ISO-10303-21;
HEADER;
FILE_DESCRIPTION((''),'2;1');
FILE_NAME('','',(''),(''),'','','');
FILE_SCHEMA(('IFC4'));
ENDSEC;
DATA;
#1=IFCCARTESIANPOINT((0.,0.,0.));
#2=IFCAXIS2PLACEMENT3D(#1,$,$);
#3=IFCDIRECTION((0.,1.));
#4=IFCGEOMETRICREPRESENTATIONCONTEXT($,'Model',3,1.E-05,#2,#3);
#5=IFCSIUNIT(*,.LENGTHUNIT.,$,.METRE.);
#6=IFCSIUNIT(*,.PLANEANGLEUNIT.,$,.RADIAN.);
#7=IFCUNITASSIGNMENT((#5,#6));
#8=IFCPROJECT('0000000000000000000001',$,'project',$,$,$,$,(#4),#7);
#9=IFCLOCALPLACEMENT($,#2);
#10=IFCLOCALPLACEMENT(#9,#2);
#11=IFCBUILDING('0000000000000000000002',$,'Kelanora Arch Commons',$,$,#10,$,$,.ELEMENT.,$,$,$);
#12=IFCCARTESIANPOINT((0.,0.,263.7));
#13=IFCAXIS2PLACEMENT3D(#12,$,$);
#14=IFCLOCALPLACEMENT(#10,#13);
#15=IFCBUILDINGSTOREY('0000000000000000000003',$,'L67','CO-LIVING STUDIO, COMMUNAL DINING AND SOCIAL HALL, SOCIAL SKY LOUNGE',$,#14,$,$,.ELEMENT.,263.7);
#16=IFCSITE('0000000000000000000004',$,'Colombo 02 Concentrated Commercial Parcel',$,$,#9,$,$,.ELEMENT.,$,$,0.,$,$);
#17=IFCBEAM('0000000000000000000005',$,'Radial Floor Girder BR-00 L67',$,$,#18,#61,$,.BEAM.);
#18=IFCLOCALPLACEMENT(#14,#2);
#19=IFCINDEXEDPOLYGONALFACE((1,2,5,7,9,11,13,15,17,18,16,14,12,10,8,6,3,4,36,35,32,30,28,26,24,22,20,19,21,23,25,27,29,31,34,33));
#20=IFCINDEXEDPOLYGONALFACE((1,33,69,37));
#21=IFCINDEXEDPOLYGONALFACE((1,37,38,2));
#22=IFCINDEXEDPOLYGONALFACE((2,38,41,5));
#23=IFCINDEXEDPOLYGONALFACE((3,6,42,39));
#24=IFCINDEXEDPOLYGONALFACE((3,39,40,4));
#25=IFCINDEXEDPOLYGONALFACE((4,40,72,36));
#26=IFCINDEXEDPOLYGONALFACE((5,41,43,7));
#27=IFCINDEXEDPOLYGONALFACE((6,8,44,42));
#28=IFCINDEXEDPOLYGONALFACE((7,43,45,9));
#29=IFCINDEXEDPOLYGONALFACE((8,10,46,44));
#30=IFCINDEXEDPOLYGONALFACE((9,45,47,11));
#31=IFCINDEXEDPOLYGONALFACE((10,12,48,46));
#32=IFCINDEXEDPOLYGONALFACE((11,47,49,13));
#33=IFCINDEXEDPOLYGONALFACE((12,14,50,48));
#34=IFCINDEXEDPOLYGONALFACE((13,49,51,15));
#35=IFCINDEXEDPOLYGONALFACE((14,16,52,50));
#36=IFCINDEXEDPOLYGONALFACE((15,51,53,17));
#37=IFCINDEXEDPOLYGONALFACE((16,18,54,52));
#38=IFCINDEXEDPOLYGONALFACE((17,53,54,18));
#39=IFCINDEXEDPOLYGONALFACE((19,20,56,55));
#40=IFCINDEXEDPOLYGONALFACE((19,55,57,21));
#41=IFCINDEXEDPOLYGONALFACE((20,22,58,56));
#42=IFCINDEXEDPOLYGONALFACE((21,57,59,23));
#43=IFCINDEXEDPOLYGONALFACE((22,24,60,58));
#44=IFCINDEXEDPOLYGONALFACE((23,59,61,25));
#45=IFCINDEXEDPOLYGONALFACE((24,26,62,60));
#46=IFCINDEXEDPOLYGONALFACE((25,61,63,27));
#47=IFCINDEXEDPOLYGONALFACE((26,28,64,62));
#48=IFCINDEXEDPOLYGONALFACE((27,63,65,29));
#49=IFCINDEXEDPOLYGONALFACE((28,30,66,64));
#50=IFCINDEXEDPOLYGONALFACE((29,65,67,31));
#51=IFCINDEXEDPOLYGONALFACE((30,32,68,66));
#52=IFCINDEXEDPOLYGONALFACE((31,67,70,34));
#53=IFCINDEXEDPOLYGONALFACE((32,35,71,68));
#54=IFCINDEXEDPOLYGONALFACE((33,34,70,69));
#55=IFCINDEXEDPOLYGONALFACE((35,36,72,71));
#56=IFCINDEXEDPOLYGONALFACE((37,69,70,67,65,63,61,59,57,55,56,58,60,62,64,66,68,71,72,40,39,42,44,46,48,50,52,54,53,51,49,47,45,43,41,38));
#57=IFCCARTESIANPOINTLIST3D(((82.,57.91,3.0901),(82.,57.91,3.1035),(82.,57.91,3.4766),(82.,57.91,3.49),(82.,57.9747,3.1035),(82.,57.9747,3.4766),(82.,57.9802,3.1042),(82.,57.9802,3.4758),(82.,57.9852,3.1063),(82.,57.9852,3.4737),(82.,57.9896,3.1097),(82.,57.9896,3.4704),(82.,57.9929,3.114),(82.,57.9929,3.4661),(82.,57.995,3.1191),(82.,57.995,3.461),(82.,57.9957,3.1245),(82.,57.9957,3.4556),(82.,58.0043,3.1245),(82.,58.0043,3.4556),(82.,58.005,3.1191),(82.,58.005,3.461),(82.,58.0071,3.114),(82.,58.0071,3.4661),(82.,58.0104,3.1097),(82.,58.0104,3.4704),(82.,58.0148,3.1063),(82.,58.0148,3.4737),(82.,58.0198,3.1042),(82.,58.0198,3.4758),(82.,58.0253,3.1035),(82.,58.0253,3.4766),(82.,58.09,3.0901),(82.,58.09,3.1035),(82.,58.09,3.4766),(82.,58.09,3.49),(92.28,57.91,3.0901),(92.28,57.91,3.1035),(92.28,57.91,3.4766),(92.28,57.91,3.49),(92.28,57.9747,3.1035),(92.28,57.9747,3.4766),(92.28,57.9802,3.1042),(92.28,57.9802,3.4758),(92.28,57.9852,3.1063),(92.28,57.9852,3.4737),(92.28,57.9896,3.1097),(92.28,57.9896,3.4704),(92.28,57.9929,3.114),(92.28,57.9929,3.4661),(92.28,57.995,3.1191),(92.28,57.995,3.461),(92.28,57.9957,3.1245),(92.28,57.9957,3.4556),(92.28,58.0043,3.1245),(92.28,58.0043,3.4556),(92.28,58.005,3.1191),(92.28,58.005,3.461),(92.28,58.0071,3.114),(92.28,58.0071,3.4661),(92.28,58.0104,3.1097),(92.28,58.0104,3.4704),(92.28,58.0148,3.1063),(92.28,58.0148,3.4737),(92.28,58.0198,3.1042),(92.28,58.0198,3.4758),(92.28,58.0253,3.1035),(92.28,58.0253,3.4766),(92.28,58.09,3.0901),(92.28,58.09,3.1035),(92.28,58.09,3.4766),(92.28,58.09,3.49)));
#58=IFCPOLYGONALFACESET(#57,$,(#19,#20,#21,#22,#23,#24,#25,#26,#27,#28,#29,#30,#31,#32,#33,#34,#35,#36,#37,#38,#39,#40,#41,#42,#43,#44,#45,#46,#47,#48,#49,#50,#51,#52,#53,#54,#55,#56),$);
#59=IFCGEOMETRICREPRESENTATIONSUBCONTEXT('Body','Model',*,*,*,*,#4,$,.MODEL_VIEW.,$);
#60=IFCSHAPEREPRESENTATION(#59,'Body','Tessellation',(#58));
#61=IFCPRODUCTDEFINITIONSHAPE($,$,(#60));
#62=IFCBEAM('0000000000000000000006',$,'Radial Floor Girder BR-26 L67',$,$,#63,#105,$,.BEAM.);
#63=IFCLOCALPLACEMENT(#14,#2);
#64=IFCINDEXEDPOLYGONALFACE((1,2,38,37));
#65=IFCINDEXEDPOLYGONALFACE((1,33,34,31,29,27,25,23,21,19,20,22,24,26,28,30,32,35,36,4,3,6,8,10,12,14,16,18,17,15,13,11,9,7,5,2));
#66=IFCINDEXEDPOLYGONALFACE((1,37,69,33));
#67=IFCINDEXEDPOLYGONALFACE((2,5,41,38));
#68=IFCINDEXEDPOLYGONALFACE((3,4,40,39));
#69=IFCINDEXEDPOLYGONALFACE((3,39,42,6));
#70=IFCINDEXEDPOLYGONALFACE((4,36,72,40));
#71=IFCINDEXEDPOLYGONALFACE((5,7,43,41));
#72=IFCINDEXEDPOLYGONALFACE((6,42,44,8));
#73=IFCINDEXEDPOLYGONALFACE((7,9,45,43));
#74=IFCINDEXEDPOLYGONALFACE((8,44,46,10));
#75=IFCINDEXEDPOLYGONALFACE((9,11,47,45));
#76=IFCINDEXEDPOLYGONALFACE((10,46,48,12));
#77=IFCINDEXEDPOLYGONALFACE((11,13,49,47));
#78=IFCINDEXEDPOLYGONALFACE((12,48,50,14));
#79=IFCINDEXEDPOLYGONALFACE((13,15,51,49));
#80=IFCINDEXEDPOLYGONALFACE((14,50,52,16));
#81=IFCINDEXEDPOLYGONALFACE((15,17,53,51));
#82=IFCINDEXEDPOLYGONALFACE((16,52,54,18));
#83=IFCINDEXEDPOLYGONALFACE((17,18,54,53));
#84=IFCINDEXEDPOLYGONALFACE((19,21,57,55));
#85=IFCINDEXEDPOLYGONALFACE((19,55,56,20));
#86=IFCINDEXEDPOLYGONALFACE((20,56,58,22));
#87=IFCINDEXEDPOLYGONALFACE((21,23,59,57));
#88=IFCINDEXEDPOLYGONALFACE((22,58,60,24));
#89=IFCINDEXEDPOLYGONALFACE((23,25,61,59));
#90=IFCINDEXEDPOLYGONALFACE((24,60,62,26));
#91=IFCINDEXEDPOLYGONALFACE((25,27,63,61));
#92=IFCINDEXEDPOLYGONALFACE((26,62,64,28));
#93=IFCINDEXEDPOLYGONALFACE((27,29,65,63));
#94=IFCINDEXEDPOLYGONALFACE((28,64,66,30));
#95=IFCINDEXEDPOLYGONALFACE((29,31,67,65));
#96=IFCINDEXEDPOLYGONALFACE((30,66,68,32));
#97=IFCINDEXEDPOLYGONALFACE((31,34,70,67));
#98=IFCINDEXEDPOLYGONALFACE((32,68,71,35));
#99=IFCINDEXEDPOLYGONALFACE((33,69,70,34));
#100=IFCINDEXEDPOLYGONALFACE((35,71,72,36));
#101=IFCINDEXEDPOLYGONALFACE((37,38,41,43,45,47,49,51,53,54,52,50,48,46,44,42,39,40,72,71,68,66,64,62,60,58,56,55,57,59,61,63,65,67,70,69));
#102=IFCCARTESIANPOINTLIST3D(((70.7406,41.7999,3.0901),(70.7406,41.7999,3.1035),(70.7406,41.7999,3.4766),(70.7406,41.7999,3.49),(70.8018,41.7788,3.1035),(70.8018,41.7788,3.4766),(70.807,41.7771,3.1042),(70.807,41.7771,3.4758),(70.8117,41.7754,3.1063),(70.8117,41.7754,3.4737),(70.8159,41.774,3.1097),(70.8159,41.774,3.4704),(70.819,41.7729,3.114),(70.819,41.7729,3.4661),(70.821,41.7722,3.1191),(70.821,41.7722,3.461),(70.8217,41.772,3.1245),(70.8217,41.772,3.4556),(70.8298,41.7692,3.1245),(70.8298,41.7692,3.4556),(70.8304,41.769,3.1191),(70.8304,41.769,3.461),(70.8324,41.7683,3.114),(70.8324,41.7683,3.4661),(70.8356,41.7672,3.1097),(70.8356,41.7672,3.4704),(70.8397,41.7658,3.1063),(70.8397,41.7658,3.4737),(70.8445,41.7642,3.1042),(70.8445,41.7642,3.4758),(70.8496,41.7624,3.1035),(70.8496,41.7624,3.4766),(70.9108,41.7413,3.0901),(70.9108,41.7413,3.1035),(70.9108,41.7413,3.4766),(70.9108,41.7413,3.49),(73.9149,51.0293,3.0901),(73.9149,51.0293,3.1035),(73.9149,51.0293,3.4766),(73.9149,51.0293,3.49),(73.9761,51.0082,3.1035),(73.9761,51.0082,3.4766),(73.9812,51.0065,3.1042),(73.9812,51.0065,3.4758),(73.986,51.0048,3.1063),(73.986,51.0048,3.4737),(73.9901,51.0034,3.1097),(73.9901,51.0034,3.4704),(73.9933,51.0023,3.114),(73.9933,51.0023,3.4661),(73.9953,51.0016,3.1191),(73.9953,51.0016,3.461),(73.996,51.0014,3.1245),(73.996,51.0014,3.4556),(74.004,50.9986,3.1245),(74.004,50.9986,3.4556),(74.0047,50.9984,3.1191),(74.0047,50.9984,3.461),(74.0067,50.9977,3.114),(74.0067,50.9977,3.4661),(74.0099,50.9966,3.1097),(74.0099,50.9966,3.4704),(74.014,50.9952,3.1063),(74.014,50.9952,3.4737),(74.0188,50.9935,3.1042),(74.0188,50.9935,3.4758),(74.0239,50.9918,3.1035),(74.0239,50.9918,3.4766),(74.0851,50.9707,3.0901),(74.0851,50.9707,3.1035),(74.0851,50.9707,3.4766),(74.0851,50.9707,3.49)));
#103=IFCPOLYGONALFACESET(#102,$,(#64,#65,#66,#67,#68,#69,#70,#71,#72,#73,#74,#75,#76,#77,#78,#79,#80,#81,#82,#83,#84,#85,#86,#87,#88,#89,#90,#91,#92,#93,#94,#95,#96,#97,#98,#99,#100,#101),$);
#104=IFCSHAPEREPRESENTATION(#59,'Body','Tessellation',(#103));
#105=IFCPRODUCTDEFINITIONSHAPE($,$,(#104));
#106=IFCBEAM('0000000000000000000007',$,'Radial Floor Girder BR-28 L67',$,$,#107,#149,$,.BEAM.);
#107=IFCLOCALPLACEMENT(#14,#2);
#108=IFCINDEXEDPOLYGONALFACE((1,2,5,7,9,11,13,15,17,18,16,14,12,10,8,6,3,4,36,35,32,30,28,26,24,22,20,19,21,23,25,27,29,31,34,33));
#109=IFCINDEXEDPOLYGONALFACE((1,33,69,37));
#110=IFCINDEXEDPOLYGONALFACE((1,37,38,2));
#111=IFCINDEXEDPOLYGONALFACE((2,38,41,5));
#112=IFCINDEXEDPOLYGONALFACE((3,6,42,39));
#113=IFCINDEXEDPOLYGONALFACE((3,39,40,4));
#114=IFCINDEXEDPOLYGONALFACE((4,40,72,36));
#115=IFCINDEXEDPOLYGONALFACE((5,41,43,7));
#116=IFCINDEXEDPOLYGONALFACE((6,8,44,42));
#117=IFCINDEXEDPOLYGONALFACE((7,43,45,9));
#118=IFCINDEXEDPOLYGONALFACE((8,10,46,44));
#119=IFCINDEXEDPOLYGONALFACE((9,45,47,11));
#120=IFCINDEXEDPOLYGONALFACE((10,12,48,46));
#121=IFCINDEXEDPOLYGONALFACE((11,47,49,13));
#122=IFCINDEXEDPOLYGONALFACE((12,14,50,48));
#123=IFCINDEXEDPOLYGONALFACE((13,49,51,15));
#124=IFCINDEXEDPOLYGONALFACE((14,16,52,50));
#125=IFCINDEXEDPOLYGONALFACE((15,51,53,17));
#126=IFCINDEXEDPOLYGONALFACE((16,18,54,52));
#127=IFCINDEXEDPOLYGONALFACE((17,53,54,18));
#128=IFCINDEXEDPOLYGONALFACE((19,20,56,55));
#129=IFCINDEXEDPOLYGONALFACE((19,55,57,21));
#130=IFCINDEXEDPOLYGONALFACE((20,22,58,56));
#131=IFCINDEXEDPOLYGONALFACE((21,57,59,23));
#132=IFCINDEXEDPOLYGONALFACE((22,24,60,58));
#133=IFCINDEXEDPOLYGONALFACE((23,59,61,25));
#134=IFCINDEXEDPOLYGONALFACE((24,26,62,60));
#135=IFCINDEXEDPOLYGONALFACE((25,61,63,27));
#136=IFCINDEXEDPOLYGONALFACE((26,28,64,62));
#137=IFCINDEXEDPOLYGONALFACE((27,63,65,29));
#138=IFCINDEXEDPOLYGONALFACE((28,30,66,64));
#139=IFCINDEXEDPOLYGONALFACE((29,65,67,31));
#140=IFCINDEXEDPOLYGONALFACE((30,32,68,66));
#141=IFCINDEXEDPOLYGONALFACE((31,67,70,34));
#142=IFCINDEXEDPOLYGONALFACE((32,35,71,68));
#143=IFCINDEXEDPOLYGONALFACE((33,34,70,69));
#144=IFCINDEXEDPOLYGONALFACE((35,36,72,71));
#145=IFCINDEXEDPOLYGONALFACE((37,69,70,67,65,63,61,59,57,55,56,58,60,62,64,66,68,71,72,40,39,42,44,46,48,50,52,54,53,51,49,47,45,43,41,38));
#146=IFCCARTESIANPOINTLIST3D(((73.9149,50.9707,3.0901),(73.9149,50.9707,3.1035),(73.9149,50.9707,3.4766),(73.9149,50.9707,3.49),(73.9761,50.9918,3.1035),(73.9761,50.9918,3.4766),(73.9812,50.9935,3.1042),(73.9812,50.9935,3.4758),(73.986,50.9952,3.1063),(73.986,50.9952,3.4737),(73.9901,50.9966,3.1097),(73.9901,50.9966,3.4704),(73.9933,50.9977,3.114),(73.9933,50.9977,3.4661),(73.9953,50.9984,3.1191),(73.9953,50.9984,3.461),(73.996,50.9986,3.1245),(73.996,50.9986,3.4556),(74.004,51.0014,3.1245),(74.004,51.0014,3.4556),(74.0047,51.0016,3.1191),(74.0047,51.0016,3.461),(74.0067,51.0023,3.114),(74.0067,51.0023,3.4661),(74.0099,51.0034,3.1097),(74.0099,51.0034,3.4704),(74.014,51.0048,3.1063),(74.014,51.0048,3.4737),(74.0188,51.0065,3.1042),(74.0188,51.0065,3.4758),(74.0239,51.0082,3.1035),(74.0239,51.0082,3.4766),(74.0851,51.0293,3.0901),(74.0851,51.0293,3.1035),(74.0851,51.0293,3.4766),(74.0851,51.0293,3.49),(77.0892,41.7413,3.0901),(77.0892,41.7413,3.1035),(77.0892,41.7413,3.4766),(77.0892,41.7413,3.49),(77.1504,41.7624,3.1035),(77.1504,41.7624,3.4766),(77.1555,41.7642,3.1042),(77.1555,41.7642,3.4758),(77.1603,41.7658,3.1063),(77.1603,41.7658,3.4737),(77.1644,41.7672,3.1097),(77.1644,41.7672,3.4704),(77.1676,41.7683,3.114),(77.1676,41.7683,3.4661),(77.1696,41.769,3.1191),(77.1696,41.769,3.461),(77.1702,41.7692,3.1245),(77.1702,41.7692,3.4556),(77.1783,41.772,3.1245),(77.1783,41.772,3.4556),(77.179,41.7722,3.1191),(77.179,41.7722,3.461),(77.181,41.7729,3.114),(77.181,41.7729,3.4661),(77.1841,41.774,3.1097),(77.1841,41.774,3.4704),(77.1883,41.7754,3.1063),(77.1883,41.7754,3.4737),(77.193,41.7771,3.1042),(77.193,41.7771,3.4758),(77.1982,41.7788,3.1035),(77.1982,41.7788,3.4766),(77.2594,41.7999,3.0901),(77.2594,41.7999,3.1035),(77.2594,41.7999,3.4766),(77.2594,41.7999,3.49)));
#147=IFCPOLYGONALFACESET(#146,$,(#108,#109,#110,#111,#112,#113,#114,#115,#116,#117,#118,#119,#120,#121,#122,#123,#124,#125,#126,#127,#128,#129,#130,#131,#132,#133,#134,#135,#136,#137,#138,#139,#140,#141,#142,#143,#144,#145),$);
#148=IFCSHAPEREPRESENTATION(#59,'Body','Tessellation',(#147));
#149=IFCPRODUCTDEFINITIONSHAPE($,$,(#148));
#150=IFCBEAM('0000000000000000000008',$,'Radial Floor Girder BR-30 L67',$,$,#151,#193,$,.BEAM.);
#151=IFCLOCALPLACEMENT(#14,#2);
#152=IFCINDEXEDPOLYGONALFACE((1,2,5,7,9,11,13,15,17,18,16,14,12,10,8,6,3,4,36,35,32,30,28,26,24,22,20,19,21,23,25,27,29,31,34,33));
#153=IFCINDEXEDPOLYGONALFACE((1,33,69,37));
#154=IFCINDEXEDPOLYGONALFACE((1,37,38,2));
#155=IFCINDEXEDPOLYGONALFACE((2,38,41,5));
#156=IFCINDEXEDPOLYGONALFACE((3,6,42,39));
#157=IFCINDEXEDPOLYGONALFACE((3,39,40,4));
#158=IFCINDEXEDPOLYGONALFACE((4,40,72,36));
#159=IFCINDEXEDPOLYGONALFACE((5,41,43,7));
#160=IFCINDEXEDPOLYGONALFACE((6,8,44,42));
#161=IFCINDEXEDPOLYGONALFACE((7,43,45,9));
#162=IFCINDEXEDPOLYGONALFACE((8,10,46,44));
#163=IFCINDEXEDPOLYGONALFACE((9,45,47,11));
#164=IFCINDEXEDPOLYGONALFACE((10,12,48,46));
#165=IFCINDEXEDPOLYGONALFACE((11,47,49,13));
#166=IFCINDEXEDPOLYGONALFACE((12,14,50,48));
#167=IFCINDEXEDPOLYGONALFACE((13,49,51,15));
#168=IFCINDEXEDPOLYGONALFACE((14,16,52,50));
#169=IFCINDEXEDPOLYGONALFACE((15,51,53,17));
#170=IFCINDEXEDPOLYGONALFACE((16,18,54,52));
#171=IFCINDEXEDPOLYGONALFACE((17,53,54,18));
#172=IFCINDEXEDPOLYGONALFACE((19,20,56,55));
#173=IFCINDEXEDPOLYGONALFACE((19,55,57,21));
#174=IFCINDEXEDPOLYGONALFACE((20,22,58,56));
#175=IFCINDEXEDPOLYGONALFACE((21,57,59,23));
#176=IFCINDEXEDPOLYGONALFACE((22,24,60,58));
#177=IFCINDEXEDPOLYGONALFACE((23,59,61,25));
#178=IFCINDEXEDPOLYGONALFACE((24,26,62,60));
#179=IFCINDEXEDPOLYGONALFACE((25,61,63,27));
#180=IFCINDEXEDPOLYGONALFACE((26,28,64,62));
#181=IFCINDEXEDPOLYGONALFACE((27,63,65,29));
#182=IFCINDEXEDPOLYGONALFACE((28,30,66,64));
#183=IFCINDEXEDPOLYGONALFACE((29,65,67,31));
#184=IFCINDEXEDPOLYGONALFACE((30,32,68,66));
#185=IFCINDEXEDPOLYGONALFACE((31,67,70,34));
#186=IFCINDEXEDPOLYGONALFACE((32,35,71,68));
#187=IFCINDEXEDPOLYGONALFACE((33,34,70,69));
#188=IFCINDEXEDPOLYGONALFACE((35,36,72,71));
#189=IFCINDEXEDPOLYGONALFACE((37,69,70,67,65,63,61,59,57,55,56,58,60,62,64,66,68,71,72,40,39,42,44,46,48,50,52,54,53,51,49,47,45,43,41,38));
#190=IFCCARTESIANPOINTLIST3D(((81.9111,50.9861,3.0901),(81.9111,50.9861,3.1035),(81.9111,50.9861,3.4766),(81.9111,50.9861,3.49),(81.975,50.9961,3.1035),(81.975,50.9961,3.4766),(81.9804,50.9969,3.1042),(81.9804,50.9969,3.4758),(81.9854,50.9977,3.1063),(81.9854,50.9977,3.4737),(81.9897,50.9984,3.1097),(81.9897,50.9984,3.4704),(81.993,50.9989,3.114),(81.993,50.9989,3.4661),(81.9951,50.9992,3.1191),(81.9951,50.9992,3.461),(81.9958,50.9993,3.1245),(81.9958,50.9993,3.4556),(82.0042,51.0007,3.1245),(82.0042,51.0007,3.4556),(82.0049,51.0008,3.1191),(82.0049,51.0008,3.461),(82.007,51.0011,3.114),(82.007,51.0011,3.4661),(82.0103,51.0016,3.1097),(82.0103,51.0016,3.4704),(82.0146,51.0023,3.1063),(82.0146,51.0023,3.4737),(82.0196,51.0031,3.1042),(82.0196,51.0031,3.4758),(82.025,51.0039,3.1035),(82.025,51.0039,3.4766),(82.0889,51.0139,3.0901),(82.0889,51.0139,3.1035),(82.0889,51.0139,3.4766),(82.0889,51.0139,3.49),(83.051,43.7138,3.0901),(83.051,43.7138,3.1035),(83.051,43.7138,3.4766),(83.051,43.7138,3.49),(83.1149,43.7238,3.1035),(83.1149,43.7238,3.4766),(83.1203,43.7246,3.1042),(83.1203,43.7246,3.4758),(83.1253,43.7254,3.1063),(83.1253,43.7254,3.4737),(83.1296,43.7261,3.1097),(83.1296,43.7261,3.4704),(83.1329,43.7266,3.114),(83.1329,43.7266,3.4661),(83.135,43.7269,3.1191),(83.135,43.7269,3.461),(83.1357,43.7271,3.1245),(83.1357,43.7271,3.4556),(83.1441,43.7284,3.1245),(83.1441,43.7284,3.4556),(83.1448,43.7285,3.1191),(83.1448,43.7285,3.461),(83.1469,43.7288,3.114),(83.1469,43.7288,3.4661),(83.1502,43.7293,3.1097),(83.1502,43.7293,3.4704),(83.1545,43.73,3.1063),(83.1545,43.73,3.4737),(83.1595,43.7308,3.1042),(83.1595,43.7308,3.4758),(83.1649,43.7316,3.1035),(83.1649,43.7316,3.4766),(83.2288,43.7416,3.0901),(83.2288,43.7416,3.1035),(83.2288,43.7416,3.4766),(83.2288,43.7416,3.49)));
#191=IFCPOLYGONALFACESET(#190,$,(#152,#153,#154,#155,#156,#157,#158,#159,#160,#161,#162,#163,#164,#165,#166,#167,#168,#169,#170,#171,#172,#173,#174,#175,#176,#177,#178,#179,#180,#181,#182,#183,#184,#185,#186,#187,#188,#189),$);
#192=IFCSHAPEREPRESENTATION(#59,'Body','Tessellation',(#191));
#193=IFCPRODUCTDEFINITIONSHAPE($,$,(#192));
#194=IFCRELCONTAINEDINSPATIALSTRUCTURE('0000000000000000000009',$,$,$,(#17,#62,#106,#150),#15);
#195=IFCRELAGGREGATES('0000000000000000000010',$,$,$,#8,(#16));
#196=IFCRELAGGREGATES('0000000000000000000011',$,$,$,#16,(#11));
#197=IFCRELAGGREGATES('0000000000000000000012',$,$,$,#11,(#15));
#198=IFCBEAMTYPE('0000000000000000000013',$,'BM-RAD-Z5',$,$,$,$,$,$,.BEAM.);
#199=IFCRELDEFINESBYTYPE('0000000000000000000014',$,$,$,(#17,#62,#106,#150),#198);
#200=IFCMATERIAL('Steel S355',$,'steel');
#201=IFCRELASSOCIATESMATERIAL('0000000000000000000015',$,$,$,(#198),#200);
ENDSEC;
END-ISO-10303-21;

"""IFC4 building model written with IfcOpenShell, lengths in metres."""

from ifc_helpers import new_model, si_unit, direction, frame, origin, origin_2d, place, context, subcontext, project, spatial, i_section, extrude, material, material_profile, profile_set, type_object, element, save


model = new_model("IFC4")

# Units and contexts
model_context = context("Model", 3, precision=1e-05, world=origin(), true_north=direction((0.0, 1.0)))
body_context = subcontext(model_context, "Body", "Model", "MODEL_VIEW")
ifc_project = project(units=[si_unit("LENGTHUNIT", "METRE"), si_unit("PLANEANGLEUNIT", "RADIAN")], contexts=[model_context])

# Site, building, storey
site_placement = place(None, origin())
site = spatial("IfcSite", under=ifc_project, at=site_placement, Name="Colombo 02 Concentrated Commercial Parcel", CompositionType="ELEMENT", RefElevation=0.0)
building_placement = place(site_placement, origin())
building = spatial("IfcBuilding", under=site, at=building_placement, Name="Kelanora Arch Commons", CompositionType="ELEMENT")
storey_placement = place(building_placement, frame((0.0, 0.0, 263.7)))
storey = spatial("IfcBuildingStorey", under=building, at=storey_placement, Name="L67", Description="CO-LIVING STUDIO, COMMUNAL DINING AND SOCIAL HALL, SOCIAL SKY LOUNGE", CompositionType="ELEMENT", Elevation=263.7)

# Beams
ifc_material_1 = material(Name="Steel S355", Category="steel")
ifc_material_profile_1 = material_profile(ifc_material_1, i_section(OverallWidth=0.1799, OverallDepth=0.3999, WebThickness=0.0085, FlangeThickness=0.0134, FilletRadius=0.021, at=origin_2d()), Name="IPE400")
ifc_profile_set_1 = profile_set([ifc_material_profile_1], Name="Steel S355")
beam_type_1 = type_object("IfcBeamType", Name="BM-RAD-Z5", PredefinedType="BEAM", material=ifc_profile_set_1)
beam_1_placement = place(storey_placement, frame((82.0, 58.0, 3.29), z_axis=(1.0, 0.0, 0.0), x_axis=(0.0, 1.0, 0.0)))
element("IfcBeam", 1, at=beam_1_placement, inside=storey, type_object=beam_type_1, Name="Radial Floor Girder BR-00 L67", PredefinedType="BEAM", context=body_context, shape_type="SweptSolid", body=[
    extrude(i_section(OverallWidth=0.1799, OverallDepth=0.3999, WebThickness=0.0085, FlangeThickness=0.0134, FilletRadius=0.021, at=origin_2d()), origin(), (0.0, 0.0, 1.0), 10.28),
])
for number, where, z_axis, x_axis, name in (
    (2, (74.0, 51.0, 3.29), (-0.325234, -0.945634, 0.0), (0.945634, -0.325234, 0.0), "Radial Floor Girder BR-26 L67"),
    (3, (74.0, 51.0, 3.29), (0.325234, -0.945634, 0.0), (0.945634, 0.325234, 0.0), "Radial Floor Girder BR-28 L67"),
):
    element("IfcBeam", number, at=place(storey_placement, frame(where, z_axis=z_axis, x_axis=x_axis)), inside=storey, type_object=beam_type_1, Name=name, PredefinedType="BEAM", context=body_context, shape_type="SweptSolid", body=[
        extrude(i_section(OverallWidth=0.1799, OverallDepth=0.3999, WebThickness=0.0085, FlangeThickness=0.0134, FilletRadius=0.021, at=origin_2d()), origin(), (0.0, 0.0, 1.0), 9.76),
    ])
beam_2_placement = place(storey_placement, frame((82.0, 51.0, 3.29), z_axis=(0.154855, -0.987937, 0.0), x_axis=(0.987937, 0.154855, 0.0)))
element("IfcBeam", 4, at=beam_2_placement, inside=storey, type_object=beam_type_1, Name="Radial Floor Girder BR-30 L67", PredefinedType="BEAM", context=body_context, shape_type="SweptSolid", body=[
    extrude(i_section(OverallWidth=0.1799, OverallDepth=0.3999, WebThickness=0.0085, FlangeThickness=0.0134, FilletRadius=0.021, at=origin_2d()), origin(), (0.0, 0.0, 1.0), 7.3611),
])

save(model, "model.ifc")
